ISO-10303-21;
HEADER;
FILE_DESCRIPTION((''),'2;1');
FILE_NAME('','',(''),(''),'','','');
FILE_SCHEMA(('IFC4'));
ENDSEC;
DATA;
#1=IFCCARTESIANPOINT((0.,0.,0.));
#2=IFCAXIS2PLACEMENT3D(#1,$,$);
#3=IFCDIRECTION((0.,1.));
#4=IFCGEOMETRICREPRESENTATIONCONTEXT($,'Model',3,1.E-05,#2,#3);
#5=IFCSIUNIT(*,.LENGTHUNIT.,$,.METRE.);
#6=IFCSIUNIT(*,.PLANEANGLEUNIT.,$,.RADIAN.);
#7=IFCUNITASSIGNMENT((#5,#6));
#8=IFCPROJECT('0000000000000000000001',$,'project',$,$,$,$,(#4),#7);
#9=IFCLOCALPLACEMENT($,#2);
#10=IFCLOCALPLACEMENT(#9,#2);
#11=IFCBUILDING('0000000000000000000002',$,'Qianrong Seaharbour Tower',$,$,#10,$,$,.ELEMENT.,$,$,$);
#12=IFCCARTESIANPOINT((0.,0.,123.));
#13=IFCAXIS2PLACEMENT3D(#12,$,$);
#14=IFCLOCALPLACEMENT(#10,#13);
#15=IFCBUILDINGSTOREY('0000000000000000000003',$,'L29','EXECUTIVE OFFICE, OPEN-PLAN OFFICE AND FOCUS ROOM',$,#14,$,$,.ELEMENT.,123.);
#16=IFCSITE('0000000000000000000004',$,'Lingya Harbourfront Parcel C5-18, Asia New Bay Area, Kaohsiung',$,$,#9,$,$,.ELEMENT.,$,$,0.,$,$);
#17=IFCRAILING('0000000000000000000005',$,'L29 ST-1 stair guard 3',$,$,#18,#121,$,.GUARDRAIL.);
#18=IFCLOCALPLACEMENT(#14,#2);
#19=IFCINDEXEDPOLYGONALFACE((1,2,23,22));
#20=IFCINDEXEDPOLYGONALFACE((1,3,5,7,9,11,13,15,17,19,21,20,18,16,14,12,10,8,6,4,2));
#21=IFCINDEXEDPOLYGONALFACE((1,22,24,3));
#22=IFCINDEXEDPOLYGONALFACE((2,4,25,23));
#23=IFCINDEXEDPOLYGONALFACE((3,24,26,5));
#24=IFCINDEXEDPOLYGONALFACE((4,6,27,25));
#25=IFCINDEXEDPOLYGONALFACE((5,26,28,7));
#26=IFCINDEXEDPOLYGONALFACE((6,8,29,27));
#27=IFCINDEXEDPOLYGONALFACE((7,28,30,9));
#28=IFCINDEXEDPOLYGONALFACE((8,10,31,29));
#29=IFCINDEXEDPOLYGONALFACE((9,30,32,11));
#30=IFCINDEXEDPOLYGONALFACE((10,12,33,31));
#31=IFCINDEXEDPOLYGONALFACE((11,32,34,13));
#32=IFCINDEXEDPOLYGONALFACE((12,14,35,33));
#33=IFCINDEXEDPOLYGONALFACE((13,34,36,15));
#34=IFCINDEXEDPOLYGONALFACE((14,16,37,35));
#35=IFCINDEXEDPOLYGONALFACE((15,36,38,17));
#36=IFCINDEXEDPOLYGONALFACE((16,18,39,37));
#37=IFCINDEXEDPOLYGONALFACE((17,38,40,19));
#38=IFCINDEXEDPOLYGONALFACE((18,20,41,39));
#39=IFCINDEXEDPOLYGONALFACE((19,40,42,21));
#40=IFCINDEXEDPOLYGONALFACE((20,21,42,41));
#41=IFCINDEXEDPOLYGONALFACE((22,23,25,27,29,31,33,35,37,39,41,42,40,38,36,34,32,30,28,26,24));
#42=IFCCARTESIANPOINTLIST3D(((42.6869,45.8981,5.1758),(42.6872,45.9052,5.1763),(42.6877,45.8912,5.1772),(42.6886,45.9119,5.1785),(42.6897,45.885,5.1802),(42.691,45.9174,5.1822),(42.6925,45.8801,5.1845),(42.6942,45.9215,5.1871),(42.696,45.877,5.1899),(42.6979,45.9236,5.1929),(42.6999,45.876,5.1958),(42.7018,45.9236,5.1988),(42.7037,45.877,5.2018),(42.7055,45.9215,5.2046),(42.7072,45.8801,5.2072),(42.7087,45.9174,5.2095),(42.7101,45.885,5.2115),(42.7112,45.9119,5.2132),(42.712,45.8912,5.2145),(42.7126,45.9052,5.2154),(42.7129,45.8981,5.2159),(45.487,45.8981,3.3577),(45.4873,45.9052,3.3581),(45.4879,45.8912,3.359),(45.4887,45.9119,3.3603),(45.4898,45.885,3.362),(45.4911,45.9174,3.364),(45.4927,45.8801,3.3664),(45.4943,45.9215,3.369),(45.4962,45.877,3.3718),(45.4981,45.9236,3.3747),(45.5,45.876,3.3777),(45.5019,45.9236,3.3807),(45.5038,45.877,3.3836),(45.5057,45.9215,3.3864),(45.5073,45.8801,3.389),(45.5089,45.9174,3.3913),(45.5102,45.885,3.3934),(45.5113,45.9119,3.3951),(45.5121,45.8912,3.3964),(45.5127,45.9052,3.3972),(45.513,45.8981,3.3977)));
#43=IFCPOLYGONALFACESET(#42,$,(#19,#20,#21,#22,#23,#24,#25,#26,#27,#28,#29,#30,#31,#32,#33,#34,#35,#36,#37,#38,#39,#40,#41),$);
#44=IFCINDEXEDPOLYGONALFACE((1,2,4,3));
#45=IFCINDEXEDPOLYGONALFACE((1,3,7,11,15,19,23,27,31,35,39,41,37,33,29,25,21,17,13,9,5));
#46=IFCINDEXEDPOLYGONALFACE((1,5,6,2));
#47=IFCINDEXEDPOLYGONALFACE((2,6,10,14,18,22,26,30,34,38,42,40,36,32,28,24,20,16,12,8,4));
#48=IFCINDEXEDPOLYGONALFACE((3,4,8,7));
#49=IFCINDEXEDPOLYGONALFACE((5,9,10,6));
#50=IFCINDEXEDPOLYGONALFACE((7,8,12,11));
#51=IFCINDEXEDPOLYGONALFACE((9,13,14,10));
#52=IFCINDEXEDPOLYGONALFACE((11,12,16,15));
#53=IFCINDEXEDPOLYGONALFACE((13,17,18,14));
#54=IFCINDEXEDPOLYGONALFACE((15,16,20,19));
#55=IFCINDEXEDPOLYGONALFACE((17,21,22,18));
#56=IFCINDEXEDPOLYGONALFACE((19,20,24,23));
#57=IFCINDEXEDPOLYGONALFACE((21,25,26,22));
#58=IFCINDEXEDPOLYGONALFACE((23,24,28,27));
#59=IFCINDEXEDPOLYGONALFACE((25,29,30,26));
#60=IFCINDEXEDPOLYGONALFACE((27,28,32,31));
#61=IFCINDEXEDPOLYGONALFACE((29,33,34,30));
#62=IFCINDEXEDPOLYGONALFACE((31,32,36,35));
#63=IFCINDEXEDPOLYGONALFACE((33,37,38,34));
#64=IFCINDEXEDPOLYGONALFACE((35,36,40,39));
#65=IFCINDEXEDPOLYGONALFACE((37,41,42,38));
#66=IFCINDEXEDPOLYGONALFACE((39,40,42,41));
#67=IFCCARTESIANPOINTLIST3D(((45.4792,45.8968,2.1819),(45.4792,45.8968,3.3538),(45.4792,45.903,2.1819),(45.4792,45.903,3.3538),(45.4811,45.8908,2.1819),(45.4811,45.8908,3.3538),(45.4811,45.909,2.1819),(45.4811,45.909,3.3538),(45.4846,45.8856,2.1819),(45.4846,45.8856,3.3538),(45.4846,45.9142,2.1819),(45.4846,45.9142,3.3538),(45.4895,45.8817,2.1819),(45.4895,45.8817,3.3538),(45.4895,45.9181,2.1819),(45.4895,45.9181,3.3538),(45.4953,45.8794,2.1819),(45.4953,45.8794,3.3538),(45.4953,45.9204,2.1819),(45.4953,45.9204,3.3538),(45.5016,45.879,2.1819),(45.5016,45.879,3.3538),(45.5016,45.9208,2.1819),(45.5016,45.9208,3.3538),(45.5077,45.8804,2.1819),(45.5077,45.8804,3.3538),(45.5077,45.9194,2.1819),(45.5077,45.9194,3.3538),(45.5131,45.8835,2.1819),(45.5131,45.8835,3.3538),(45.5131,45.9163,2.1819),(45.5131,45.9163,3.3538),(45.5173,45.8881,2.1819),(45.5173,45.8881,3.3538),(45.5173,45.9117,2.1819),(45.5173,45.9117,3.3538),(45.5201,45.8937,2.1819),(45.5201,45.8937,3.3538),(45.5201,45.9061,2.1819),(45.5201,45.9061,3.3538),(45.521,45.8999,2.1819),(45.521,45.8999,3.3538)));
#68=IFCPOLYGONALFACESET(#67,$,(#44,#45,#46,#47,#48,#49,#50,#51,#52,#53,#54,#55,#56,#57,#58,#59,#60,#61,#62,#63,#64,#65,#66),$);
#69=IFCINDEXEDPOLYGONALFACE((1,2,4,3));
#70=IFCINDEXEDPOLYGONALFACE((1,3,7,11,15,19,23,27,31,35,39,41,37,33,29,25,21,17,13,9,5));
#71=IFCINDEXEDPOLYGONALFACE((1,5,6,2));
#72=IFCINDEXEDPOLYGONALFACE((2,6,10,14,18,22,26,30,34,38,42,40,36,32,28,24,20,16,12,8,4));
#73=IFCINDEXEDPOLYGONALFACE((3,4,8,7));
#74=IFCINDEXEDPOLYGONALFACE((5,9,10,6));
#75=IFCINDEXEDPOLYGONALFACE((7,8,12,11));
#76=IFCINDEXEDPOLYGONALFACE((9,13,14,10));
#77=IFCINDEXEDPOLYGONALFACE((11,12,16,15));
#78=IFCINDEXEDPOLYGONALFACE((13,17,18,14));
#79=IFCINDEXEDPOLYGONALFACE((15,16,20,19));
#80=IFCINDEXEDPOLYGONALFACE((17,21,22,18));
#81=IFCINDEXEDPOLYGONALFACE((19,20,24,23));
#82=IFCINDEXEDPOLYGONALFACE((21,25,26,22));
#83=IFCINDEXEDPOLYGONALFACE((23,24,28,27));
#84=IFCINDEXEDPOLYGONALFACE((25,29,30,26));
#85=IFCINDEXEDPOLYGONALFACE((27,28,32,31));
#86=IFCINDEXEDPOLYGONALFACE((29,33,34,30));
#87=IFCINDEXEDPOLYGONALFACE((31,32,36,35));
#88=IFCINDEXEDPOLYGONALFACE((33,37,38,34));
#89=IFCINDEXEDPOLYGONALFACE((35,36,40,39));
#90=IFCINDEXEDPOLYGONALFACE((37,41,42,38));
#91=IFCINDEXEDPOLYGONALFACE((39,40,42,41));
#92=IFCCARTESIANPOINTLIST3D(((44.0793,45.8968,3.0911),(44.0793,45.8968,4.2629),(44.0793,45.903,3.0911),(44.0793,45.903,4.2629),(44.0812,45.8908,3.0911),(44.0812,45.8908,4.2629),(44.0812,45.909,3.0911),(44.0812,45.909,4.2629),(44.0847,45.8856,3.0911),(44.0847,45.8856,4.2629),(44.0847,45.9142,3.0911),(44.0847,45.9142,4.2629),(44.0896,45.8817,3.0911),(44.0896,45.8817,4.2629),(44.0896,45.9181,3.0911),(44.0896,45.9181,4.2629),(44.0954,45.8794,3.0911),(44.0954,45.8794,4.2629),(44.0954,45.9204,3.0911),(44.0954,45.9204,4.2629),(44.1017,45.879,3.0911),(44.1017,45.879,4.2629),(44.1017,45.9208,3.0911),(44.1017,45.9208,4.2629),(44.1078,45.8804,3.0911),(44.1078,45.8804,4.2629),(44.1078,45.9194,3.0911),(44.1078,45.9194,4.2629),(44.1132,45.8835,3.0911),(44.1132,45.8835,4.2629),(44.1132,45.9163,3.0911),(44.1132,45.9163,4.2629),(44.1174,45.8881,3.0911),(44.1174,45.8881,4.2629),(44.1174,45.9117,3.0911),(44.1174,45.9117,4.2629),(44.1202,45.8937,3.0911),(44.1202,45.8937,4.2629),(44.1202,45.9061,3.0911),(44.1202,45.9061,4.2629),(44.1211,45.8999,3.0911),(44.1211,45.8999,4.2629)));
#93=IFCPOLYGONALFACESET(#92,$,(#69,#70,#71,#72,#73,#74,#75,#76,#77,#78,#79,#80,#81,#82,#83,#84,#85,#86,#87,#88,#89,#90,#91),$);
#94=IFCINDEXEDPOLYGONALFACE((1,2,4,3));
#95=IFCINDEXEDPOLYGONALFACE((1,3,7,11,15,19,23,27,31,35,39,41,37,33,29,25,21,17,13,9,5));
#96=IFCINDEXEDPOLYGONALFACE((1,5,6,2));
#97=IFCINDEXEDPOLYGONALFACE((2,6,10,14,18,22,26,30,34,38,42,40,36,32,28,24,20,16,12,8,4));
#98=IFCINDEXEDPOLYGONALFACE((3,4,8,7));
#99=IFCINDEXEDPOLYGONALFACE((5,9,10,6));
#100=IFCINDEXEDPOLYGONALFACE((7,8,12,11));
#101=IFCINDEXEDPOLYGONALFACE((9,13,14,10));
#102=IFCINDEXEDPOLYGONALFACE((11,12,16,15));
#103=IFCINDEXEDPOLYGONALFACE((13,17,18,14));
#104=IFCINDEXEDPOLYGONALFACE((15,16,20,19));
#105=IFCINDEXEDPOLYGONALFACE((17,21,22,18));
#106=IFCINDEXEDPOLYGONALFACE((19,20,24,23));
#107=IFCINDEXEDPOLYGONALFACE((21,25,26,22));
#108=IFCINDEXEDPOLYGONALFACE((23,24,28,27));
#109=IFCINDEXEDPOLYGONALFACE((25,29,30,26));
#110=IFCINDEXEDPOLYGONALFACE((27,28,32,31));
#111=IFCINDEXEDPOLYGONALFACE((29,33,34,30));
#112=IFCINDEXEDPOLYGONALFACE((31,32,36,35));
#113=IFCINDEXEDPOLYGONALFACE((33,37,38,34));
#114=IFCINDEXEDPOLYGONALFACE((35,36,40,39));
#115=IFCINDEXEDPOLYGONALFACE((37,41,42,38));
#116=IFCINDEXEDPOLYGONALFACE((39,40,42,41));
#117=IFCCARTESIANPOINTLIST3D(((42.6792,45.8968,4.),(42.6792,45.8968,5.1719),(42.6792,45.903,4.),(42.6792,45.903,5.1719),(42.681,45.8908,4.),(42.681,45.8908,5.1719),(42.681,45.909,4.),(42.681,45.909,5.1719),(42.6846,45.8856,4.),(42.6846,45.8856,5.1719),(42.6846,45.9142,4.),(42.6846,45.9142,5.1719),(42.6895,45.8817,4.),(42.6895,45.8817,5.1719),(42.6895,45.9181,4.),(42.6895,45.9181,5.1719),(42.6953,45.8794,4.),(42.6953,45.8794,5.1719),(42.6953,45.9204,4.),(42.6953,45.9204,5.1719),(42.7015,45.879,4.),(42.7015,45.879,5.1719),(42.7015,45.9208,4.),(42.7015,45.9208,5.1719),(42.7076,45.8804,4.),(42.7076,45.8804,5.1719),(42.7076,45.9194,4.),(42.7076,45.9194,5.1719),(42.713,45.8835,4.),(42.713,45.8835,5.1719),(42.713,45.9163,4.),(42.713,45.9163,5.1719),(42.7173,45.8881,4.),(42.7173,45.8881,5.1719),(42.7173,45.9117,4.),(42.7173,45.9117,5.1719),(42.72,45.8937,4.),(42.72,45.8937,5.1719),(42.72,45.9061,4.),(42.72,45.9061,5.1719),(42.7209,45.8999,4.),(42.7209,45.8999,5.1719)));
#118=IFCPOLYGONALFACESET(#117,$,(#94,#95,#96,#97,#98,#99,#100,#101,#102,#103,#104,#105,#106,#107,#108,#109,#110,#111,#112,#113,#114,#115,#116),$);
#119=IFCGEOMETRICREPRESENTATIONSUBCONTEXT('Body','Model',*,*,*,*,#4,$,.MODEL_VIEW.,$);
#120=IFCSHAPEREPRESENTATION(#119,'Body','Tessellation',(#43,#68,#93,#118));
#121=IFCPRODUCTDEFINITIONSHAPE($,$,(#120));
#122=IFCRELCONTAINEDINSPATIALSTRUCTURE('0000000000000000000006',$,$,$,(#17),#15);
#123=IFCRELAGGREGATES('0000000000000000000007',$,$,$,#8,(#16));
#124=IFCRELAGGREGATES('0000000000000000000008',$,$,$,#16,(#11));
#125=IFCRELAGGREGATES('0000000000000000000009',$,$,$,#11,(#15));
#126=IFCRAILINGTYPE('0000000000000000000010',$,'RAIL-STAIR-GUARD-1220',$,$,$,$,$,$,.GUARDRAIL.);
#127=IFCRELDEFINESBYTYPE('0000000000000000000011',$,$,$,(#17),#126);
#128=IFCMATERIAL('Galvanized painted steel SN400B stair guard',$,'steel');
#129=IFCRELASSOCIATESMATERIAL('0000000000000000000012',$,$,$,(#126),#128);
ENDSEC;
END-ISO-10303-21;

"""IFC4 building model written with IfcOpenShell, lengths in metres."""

from ifc_helpers import new_model, si_unit, direction, frame, origin, origin_2d, place, context, subcontext, project, spatial, circle, extrude, material, type_object, element, save


model = new_model("IFC4")

# Units and contexts
model_context = context("Model", 3, precision=1e-05, world=origin(), true_north=direction((0.0, 1.0)))
body_context = subcontext(model_context, "Body", "Model", "MODEL_VIEW")
ifc_project = project(units=[si_unit("LENGTHUNIT", "METRE"), si_unit("PLANEANGLEUNIT", "RADIAN")], contexts=[model_context])

# Site, building, storey
site_placement = place(None, origin())
site = spatial("IfcSite", under=ifc_project, at=site_placement, Name="Lingya Harbourfront Parcel C5-18, Asia New Bay Area, Kaohsiung", CompositionType="ELEMENT", RefElevation=0.0)
building_placement = place(site_placement, origin())
building = spatial("IfcBuilding", under=site, at=building_placement, Name="Qianrong Seaharbour Tower", CompositionType="ELEMENT")
storey_placement = place(building_placement, frame((0.0, 0.0, 123.0)))
storey = spatial("IfcBuildingStorey", under=building, at=storey_placement, Name="L29", Description="EXECUTIVE OFFICE, OPEN-PLAN OFFICE AND FOCUS ROOM", CompositionType="ELEMENT", Elevation=123.0)

# Railing
ifc_material_1 = material(Name="Galvanized painted steel SN400B stair guard", Category="steel")
railing_type_1 = type_object("IfcRailingType", Name="RAIL-STAIR-GUARD-1220", PredefinedType="GUARDRAIL", material=ifc_material_1)
railing_1_placement = place(storey_placement, frame((45.5, 45.8999, 2.1819)))
element("IfcRailing", 1, at=railing_1_placement, inside=storey, type_object=railing_type_1, Name="L29 ST-1 stair guard 3", PredefinedType="GUARDRAIL", context=body_context, shape_type="SweptSolid", body=[
    extrude(circle(Radius=0.0239, at=origin_2d()), frame((0.0, 0.0, 1.1958), z_axis=(-0.838706, 0.0, 0.544585), x_axis=(0.0, -1.0, 0.0)), (0.0, 0.0, 1.0), 3.3386),
    extrude(circle(Radius=0.021, at=origin_2d()), origin(), (0.0, 0.0, 1.0), 1.1719),
    extrude(circle(Radius=0.021, at=origin_2d()), frame((-1.3999, 0.0, 0.9092)), (0.0, 0.0, 1.0), 1.1719),
    extrude(circle(Radius=0.021, at=origin_2d()), frame((-2.8, 0.0, 1.8181)), (0.0, 0.0, 1.0), 1.1719),
])

save(model, "model.ifc")
